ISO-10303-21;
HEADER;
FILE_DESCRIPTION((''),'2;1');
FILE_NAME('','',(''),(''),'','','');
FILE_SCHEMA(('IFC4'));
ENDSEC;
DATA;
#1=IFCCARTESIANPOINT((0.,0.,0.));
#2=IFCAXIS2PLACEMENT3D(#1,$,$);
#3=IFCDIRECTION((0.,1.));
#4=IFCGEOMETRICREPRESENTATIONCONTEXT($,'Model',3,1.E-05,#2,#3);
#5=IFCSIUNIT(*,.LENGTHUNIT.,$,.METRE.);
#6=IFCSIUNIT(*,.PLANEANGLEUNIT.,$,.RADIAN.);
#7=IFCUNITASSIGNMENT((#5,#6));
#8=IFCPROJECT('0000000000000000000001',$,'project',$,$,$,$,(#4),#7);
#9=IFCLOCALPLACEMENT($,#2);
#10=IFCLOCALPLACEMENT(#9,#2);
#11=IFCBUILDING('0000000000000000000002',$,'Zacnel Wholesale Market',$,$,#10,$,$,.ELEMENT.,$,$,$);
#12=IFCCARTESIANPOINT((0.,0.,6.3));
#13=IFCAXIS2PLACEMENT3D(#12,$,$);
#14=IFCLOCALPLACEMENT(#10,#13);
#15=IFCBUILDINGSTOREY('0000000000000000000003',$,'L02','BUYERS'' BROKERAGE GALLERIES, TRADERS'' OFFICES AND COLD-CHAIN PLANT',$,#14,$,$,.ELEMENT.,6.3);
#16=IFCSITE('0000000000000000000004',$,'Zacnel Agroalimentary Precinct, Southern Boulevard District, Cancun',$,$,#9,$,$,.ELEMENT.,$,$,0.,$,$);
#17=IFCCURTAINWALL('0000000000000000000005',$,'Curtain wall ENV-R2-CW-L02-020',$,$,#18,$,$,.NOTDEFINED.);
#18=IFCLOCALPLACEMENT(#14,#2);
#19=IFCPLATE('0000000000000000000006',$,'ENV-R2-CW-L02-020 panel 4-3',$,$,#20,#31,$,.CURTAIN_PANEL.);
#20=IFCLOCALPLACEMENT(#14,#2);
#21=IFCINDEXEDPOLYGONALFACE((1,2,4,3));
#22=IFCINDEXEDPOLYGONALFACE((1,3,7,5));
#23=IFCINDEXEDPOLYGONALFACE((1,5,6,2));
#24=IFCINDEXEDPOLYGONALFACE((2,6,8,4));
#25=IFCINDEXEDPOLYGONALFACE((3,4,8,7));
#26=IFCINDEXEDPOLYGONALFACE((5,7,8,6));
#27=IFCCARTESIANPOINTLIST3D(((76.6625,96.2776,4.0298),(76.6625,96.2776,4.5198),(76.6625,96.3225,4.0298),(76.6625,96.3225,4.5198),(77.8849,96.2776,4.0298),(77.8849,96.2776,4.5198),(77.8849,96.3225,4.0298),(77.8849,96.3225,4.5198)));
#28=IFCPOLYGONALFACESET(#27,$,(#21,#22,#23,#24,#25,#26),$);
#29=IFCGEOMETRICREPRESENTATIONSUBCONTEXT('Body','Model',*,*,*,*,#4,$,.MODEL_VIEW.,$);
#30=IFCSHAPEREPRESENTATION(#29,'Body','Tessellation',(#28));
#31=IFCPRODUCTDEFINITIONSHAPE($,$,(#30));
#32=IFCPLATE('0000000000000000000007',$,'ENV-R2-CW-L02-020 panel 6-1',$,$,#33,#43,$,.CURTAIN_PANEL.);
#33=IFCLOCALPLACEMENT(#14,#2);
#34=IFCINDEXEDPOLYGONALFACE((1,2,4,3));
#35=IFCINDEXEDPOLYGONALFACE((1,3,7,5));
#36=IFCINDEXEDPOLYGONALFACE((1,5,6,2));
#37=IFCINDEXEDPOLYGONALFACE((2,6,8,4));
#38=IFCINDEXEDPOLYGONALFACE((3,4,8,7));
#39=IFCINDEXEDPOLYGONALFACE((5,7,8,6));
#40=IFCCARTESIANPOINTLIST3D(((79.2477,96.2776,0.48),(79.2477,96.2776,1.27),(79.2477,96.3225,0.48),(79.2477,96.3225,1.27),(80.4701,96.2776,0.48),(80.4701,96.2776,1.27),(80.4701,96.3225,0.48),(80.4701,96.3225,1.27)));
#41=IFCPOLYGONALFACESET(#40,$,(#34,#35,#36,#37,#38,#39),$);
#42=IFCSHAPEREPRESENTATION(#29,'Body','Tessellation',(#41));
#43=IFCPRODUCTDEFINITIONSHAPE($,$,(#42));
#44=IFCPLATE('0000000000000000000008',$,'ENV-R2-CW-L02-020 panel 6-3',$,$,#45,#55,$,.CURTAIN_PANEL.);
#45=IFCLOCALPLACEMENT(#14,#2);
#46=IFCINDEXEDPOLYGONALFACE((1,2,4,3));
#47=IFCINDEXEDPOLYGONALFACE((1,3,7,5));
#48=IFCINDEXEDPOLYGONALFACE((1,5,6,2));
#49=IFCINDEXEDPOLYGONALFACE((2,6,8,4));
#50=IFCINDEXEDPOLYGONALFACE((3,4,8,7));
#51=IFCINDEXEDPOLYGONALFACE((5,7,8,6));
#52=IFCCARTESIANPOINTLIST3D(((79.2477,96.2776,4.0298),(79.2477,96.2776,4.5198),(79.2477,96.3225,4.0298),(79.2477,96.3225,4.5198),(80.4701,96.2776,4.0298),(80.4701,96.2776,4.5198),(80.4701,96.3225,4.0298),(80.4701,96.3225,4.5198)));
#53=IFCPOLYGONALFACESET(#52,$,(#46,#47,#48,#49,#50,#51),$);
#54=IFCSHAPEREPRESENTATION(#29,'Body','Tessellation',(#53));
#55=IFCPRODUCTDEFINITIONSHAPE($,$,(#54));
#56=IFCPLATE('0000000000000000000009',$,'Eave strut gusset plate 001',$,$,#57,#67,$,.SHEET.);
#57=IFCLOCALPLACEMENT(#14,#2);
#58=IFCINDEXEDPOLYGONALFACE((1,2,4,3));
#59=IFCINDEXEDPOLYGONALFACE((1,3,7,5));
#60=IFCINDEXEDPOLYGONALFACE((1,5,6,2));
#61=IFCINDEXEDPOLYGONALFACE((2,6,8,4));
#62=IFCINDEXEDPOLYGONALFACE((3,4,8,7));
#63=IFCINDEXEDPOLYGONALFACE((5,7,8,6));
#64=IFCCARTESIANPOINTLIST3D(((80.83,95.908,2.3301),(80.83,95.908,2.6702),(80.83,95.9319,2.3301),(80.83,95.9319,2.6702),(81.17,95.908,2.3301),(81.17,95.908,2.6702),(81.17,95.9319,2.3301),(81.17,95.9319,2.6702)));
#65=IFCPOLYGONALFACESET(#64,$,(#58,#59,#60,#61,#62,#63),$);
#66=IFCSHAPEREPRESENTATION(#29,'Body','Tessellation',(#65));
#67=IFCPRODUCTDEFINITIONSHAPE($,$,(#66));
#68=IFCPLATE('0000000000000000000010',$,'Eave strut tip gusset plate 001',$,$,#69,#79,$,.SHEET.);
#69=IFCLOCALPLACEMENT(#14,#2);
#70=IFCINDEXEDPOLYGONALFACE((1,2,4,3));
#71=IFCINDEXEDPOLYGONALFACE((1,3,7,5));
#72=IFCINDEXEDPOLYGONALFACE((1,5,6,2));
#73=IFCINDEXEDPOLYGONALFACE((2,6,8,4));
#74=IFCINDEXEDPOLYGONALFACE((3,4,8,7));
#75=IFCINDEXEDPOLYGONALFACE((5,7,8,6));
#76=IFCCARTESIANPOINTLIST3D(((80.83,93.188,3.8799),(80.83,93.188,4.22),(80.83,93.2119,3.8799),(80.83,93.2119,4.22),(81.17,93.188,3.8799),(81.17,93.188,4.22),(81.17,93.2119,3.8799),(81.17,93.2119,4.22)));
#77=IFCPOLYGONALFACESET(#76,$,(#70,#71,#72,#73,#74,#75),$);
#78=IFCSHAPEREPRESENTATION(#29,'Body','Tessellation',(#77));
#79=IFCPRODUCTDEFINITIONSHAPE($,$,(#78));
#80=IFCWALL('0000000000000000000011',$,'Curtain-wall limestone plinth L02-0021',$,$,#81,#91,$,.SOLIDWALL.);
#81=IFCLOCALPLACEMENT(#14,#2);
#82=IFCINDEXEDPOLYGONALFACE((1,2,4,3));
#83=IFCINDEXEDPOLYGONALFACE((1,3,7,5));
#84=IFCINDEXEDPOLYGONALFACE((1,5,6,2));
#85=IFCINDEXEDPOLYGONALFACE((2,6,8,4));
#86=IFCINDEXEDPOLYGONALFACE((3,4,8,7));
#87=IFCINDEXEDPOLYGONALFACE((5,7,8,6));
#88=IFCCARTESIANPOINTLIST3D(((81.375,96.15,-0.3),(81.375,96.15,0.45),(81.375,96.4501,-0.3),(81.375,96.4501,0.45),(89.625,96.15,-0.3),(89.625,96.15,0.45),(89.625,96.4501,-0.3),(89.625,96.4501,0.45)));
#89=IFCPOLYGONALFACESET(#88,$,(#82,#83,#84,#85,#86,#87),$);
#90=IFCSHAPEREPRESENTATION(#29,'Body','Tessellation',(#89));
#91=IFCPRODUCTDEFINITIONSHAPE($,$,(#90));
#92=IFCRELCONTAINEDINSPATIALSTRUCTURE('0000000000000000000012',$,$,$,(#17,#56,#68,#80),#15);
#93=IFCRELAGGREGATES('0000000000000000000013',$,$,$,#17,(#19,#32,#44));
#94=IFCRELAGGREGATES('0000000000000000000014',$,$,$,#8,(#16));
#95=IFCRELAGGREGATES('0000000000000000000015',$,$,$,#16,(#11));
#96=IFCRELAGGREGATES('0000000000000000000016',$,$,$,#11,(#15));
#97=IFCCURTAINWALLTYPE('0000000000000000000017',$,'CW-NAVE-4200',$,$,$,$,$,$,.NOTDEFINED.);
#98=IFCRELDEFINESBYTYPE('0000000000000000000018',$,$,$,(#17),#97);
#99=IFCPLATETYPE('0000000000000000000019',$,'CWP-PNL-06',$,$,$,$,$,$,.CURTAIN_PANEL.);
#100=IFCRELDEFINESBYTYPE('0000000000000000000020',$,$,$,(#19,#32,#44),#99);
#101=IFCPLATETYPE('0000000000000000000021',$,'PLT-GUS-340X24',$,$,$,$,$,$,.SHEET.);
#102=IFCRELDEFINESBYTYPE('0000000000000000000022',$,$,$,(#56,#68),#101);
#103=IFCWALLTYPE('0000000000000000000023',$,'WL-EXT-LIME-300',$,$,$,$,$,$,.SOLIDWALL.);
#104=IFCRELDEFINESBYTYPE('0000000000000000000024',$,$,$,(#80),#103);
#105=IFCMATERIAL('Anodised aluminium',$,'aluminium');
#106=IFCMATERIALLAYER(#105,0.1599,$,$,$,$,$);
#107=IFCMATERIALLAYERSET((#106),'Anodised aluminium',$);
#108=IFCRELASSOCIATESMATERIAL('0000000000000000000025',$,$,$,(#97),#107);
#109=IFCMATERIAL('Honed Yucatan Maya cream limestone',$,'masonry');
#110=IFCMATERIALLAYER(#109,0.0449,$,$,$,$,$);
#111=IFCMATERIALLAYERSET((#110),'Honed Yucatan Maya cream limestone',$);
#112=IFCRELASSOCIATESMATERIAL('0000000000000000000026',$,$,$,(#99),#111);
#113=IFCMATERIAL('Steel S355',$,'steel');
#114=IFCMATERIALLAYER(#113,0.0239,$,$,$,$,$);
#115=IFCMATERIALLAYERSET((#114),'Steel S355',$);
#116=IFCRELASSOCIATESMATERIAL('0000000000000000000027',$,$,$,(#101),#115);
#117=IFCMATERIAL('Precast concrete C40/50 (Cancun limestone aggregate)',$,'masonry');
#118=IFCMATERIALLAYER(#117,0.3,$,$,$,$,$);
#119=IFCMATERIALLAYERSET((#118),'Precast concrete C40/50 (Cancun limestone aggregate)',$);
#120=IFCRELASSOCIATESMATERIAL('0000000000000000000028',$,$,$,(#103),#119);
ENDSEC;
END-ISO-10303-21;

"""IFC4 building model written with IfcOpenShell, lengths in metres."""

from ifc_helpers import new_model, si_unit, direction, frame, frame_2d, origin, origin_2d, place, context, subcontext, project, spatial, rectangle, extrude, material, layer, layer_set, type_object, element, aggregate, save


model = new_model("IFC4")

# Units and contexts
model_context = context("Model", 3, precision=1e-05, world=origin(), true_north=direction((0.0, 1.0)))
body_context = subcontext(model_context, "Body", "Model", "MODEL_VIEW")
ifc_project = project(units=[si_unit("LENGTHUNIT", "METRE"), si_unit("PLANEANGLEUNIT", "RADIAN")], contexts=[model_context])

# Site, building, storey
site_placement = place(None, origin())
site = spatial("IfcSite", under=ifc_project, at=site_placement, Name="Zacnel Agroalimentary Precinct, Southern Boulevard District, Cancun", CompositionType="ELEMENT", RefElevation=0.0)
building_placement = place(site_placement, origin())
building = spatial("IfcBuilding", under=site, at=building_placement, Name="Zacnel Wholesale Market", CompositionType="ELEMENT")
storey_placement = place(building_placement, frame((0.0, 0.0, 6.3)))
storey = spatial("IfcBuildingStorey", under=building, at=storey_placement, Name="L02", Description="BUYERS' BROKERAGE GALLERIES, TRADERS' OFFICES AND COLD-CHAIN PLANT", CompositionType="ELEMENT", Elevation=6.3)

# Curtain wall
ifc_material_1 = material(Name="Anodised aluminium", Category="aluminium")
ifc_layer_1 = layer(ifc_material_1, 0.1599)
ifc_layer_set_1 = layer_set([ifc_layer_1], Name="Anodised aluminium")
curtain_wall_type = type_object("IfcCurtainWallType", Name="CW-NAVE-4200", PredefinedType="NOTDEFINED", material=ifc_layer_set_1)
curtain_wall_1_placement = place(storey_placement, origin())
curtain_wall_1 = element("IfcCurtainWall", 1, at=curtain_wall_1_placement, inside=storey, type_object=curtain_wall_type, Name="Curtain wall ENV-R2-CW-L02-020", PredefinedType="NOTDEFINED")

# Plates
ifc_material_2 = material(Name="Honed Yucatan Maya cream limestone", Category="masonry")
ifc_layer_2 = layer(ifc_material_2, 0.0449)
ifc_layer_set_2 = layer_set([ifc_layer_2], Name="Honed Yucatan Maya cream limestone")
plate_type_1 = type_object("IfcPlateType", Name="CWP-PNL-06", PredefinedType="CURTAIN_PANEL", material=ifc_layer_set_2)
plate_1_placement = place(storey_placement, frame((77.2737, 96.3, 4.0298), z_axis=(0.0, 0.0, 1.0), x_axis=(1.0, 0.0, 0.0)))
plate_1 = element("IfcPlate", 2, at=plate_1_placement, type_object=plate_type_1, Name="ENV-R2-CW-L02-020 panel 4-3", PredefinedType="CURTAIN_PANEL", context=body_context, shape_type="SweptSolid", body=[
    extrude(rectangle(XDim=1.2224, YDim=0.0449, at=origin_2d()), origin(), (0.0, 0.0, 1.0), 0.49),
])
plate_2_placement = place(storey_placement, frame((79.8589, 96.3, 0.48), z_axis=(0.0, 0.0, 1.0), x_axis=(1.0, 0.0, 0.0)))
plate_2 = element("IfcPlate", 3, at=plate_2_placement, type_object=plate_type_1, Name="ENV-R2-CW-L02-020 panel 6-1", PredefinedType="CURTAIN_PANEL", context=body_context, shape_type="SweptSolid", body=[
    extrude(rectangle(XDim=1.2224, YDim=0.0449, at=origin_2d()), origin(), (0.0, 0.0, 1.0), 0.79),
])
plate_3_placement = place(storey_placement, frame((79.8589, 96.3, 4.0298), z_axis=(0.0, 0.0, 1.0), x_axis=(1.0, 0.0, 0.0)))
plate_3 = element("IfcPlate", 4, at=plate_3_placement, type_object=plate_type_1, Name="ENV-R2-CW-L02-020 panel 6-3", PredefinedType="CURTAIN_PANEL", context=body_context, shape_type="SweptSolid", body=[
    extrude(rectangle(XDim=1.2224, YDim=0.0449, at=origin_2d()), origin(), (0.0, 0.0, 1.0), 0.49),
])
aggregate(curtain_wall_1, [plate_1, plate_2, plate_3])

# Plates
ifc_material_3 = material(Name="Steel S355", Category="steel")
ifc_layer_3 = layer(ifc_material_3, 0.0239)
ifc_layer_set_3 = layer_set([ifc_layer_3], Name="Steel S355")
plate_type_2 = type_object("IfcPlateType", Name="PLT-GUS-340X24", PredefinedType="SHEET", material=ifc_layer_set_3)
for number, where, z_axis, x_axis, name in (
    (5, (81.0, 95.9199, 2.3301), (0.0, 0.0, 1.0), (1.0, 0.0, 0.0), "Eave strut gusset plate 001"),
    (6, (81.0, 93.2, 3.8799), (0.0, 0.0, 1.0), (1.0, 0.0, 0.0), "Eave strut tip gusset plate 001"),
):
    element("IfcPlate", number, at=place(storey_placement, frame(where, z_axis=z_axis, x_axis=x_axis)), inside=storey, type_object=plate_type_2, Name=name, PredefinedType="SHEET", context=body_context, shape_type="SweptSolid", body=[
        extrude(rectangle(XDim=0.3401, YDim=0.0239, at=origin_2d()), origin(), (0.0, 0.0, 1.0), 0.3401),
    ])

# Wall
ifc_material_4 = material(Name="Precast concrete C40/50 (Cancun limestone aggregate)", Category="masonry")
ifc_layer_4 = layer(ifc_material_4, 0.3)
ifc_layer_set_4 = layer_set([ifc_layer_4], Name="Precast concrete C40/50 (Cancun limestone aggregate)")
wall_type = type_object("IfcWallType", Name="WL-EXT-LIME-300", PredefinedType="SOLIDWALL", material=ifc_layer_set_4)
wall_placement = place(storey_placement, frame((81.375, 96.3, -0.3), z_axis=(0.0, 0.0, 1.0), x_axis=(1.0, 0.0, 0.0)))
element("IfcWall", 7, at=wall_placement, inside=storey, type_object=wall_type, Name="Curtain-wall limestone plinth L02-0021", PredefinedType="SOLIDWALL", context=body_context, shape_type="SweptSolid", body=[
    extrude(rectangle(XDim=8.25, YDim=0.3, at=frame_2d((4.125, 0.0))), origin(), (0.0, 0.0, 1.0), 0.75),
])

save(model, "model.ifc")
